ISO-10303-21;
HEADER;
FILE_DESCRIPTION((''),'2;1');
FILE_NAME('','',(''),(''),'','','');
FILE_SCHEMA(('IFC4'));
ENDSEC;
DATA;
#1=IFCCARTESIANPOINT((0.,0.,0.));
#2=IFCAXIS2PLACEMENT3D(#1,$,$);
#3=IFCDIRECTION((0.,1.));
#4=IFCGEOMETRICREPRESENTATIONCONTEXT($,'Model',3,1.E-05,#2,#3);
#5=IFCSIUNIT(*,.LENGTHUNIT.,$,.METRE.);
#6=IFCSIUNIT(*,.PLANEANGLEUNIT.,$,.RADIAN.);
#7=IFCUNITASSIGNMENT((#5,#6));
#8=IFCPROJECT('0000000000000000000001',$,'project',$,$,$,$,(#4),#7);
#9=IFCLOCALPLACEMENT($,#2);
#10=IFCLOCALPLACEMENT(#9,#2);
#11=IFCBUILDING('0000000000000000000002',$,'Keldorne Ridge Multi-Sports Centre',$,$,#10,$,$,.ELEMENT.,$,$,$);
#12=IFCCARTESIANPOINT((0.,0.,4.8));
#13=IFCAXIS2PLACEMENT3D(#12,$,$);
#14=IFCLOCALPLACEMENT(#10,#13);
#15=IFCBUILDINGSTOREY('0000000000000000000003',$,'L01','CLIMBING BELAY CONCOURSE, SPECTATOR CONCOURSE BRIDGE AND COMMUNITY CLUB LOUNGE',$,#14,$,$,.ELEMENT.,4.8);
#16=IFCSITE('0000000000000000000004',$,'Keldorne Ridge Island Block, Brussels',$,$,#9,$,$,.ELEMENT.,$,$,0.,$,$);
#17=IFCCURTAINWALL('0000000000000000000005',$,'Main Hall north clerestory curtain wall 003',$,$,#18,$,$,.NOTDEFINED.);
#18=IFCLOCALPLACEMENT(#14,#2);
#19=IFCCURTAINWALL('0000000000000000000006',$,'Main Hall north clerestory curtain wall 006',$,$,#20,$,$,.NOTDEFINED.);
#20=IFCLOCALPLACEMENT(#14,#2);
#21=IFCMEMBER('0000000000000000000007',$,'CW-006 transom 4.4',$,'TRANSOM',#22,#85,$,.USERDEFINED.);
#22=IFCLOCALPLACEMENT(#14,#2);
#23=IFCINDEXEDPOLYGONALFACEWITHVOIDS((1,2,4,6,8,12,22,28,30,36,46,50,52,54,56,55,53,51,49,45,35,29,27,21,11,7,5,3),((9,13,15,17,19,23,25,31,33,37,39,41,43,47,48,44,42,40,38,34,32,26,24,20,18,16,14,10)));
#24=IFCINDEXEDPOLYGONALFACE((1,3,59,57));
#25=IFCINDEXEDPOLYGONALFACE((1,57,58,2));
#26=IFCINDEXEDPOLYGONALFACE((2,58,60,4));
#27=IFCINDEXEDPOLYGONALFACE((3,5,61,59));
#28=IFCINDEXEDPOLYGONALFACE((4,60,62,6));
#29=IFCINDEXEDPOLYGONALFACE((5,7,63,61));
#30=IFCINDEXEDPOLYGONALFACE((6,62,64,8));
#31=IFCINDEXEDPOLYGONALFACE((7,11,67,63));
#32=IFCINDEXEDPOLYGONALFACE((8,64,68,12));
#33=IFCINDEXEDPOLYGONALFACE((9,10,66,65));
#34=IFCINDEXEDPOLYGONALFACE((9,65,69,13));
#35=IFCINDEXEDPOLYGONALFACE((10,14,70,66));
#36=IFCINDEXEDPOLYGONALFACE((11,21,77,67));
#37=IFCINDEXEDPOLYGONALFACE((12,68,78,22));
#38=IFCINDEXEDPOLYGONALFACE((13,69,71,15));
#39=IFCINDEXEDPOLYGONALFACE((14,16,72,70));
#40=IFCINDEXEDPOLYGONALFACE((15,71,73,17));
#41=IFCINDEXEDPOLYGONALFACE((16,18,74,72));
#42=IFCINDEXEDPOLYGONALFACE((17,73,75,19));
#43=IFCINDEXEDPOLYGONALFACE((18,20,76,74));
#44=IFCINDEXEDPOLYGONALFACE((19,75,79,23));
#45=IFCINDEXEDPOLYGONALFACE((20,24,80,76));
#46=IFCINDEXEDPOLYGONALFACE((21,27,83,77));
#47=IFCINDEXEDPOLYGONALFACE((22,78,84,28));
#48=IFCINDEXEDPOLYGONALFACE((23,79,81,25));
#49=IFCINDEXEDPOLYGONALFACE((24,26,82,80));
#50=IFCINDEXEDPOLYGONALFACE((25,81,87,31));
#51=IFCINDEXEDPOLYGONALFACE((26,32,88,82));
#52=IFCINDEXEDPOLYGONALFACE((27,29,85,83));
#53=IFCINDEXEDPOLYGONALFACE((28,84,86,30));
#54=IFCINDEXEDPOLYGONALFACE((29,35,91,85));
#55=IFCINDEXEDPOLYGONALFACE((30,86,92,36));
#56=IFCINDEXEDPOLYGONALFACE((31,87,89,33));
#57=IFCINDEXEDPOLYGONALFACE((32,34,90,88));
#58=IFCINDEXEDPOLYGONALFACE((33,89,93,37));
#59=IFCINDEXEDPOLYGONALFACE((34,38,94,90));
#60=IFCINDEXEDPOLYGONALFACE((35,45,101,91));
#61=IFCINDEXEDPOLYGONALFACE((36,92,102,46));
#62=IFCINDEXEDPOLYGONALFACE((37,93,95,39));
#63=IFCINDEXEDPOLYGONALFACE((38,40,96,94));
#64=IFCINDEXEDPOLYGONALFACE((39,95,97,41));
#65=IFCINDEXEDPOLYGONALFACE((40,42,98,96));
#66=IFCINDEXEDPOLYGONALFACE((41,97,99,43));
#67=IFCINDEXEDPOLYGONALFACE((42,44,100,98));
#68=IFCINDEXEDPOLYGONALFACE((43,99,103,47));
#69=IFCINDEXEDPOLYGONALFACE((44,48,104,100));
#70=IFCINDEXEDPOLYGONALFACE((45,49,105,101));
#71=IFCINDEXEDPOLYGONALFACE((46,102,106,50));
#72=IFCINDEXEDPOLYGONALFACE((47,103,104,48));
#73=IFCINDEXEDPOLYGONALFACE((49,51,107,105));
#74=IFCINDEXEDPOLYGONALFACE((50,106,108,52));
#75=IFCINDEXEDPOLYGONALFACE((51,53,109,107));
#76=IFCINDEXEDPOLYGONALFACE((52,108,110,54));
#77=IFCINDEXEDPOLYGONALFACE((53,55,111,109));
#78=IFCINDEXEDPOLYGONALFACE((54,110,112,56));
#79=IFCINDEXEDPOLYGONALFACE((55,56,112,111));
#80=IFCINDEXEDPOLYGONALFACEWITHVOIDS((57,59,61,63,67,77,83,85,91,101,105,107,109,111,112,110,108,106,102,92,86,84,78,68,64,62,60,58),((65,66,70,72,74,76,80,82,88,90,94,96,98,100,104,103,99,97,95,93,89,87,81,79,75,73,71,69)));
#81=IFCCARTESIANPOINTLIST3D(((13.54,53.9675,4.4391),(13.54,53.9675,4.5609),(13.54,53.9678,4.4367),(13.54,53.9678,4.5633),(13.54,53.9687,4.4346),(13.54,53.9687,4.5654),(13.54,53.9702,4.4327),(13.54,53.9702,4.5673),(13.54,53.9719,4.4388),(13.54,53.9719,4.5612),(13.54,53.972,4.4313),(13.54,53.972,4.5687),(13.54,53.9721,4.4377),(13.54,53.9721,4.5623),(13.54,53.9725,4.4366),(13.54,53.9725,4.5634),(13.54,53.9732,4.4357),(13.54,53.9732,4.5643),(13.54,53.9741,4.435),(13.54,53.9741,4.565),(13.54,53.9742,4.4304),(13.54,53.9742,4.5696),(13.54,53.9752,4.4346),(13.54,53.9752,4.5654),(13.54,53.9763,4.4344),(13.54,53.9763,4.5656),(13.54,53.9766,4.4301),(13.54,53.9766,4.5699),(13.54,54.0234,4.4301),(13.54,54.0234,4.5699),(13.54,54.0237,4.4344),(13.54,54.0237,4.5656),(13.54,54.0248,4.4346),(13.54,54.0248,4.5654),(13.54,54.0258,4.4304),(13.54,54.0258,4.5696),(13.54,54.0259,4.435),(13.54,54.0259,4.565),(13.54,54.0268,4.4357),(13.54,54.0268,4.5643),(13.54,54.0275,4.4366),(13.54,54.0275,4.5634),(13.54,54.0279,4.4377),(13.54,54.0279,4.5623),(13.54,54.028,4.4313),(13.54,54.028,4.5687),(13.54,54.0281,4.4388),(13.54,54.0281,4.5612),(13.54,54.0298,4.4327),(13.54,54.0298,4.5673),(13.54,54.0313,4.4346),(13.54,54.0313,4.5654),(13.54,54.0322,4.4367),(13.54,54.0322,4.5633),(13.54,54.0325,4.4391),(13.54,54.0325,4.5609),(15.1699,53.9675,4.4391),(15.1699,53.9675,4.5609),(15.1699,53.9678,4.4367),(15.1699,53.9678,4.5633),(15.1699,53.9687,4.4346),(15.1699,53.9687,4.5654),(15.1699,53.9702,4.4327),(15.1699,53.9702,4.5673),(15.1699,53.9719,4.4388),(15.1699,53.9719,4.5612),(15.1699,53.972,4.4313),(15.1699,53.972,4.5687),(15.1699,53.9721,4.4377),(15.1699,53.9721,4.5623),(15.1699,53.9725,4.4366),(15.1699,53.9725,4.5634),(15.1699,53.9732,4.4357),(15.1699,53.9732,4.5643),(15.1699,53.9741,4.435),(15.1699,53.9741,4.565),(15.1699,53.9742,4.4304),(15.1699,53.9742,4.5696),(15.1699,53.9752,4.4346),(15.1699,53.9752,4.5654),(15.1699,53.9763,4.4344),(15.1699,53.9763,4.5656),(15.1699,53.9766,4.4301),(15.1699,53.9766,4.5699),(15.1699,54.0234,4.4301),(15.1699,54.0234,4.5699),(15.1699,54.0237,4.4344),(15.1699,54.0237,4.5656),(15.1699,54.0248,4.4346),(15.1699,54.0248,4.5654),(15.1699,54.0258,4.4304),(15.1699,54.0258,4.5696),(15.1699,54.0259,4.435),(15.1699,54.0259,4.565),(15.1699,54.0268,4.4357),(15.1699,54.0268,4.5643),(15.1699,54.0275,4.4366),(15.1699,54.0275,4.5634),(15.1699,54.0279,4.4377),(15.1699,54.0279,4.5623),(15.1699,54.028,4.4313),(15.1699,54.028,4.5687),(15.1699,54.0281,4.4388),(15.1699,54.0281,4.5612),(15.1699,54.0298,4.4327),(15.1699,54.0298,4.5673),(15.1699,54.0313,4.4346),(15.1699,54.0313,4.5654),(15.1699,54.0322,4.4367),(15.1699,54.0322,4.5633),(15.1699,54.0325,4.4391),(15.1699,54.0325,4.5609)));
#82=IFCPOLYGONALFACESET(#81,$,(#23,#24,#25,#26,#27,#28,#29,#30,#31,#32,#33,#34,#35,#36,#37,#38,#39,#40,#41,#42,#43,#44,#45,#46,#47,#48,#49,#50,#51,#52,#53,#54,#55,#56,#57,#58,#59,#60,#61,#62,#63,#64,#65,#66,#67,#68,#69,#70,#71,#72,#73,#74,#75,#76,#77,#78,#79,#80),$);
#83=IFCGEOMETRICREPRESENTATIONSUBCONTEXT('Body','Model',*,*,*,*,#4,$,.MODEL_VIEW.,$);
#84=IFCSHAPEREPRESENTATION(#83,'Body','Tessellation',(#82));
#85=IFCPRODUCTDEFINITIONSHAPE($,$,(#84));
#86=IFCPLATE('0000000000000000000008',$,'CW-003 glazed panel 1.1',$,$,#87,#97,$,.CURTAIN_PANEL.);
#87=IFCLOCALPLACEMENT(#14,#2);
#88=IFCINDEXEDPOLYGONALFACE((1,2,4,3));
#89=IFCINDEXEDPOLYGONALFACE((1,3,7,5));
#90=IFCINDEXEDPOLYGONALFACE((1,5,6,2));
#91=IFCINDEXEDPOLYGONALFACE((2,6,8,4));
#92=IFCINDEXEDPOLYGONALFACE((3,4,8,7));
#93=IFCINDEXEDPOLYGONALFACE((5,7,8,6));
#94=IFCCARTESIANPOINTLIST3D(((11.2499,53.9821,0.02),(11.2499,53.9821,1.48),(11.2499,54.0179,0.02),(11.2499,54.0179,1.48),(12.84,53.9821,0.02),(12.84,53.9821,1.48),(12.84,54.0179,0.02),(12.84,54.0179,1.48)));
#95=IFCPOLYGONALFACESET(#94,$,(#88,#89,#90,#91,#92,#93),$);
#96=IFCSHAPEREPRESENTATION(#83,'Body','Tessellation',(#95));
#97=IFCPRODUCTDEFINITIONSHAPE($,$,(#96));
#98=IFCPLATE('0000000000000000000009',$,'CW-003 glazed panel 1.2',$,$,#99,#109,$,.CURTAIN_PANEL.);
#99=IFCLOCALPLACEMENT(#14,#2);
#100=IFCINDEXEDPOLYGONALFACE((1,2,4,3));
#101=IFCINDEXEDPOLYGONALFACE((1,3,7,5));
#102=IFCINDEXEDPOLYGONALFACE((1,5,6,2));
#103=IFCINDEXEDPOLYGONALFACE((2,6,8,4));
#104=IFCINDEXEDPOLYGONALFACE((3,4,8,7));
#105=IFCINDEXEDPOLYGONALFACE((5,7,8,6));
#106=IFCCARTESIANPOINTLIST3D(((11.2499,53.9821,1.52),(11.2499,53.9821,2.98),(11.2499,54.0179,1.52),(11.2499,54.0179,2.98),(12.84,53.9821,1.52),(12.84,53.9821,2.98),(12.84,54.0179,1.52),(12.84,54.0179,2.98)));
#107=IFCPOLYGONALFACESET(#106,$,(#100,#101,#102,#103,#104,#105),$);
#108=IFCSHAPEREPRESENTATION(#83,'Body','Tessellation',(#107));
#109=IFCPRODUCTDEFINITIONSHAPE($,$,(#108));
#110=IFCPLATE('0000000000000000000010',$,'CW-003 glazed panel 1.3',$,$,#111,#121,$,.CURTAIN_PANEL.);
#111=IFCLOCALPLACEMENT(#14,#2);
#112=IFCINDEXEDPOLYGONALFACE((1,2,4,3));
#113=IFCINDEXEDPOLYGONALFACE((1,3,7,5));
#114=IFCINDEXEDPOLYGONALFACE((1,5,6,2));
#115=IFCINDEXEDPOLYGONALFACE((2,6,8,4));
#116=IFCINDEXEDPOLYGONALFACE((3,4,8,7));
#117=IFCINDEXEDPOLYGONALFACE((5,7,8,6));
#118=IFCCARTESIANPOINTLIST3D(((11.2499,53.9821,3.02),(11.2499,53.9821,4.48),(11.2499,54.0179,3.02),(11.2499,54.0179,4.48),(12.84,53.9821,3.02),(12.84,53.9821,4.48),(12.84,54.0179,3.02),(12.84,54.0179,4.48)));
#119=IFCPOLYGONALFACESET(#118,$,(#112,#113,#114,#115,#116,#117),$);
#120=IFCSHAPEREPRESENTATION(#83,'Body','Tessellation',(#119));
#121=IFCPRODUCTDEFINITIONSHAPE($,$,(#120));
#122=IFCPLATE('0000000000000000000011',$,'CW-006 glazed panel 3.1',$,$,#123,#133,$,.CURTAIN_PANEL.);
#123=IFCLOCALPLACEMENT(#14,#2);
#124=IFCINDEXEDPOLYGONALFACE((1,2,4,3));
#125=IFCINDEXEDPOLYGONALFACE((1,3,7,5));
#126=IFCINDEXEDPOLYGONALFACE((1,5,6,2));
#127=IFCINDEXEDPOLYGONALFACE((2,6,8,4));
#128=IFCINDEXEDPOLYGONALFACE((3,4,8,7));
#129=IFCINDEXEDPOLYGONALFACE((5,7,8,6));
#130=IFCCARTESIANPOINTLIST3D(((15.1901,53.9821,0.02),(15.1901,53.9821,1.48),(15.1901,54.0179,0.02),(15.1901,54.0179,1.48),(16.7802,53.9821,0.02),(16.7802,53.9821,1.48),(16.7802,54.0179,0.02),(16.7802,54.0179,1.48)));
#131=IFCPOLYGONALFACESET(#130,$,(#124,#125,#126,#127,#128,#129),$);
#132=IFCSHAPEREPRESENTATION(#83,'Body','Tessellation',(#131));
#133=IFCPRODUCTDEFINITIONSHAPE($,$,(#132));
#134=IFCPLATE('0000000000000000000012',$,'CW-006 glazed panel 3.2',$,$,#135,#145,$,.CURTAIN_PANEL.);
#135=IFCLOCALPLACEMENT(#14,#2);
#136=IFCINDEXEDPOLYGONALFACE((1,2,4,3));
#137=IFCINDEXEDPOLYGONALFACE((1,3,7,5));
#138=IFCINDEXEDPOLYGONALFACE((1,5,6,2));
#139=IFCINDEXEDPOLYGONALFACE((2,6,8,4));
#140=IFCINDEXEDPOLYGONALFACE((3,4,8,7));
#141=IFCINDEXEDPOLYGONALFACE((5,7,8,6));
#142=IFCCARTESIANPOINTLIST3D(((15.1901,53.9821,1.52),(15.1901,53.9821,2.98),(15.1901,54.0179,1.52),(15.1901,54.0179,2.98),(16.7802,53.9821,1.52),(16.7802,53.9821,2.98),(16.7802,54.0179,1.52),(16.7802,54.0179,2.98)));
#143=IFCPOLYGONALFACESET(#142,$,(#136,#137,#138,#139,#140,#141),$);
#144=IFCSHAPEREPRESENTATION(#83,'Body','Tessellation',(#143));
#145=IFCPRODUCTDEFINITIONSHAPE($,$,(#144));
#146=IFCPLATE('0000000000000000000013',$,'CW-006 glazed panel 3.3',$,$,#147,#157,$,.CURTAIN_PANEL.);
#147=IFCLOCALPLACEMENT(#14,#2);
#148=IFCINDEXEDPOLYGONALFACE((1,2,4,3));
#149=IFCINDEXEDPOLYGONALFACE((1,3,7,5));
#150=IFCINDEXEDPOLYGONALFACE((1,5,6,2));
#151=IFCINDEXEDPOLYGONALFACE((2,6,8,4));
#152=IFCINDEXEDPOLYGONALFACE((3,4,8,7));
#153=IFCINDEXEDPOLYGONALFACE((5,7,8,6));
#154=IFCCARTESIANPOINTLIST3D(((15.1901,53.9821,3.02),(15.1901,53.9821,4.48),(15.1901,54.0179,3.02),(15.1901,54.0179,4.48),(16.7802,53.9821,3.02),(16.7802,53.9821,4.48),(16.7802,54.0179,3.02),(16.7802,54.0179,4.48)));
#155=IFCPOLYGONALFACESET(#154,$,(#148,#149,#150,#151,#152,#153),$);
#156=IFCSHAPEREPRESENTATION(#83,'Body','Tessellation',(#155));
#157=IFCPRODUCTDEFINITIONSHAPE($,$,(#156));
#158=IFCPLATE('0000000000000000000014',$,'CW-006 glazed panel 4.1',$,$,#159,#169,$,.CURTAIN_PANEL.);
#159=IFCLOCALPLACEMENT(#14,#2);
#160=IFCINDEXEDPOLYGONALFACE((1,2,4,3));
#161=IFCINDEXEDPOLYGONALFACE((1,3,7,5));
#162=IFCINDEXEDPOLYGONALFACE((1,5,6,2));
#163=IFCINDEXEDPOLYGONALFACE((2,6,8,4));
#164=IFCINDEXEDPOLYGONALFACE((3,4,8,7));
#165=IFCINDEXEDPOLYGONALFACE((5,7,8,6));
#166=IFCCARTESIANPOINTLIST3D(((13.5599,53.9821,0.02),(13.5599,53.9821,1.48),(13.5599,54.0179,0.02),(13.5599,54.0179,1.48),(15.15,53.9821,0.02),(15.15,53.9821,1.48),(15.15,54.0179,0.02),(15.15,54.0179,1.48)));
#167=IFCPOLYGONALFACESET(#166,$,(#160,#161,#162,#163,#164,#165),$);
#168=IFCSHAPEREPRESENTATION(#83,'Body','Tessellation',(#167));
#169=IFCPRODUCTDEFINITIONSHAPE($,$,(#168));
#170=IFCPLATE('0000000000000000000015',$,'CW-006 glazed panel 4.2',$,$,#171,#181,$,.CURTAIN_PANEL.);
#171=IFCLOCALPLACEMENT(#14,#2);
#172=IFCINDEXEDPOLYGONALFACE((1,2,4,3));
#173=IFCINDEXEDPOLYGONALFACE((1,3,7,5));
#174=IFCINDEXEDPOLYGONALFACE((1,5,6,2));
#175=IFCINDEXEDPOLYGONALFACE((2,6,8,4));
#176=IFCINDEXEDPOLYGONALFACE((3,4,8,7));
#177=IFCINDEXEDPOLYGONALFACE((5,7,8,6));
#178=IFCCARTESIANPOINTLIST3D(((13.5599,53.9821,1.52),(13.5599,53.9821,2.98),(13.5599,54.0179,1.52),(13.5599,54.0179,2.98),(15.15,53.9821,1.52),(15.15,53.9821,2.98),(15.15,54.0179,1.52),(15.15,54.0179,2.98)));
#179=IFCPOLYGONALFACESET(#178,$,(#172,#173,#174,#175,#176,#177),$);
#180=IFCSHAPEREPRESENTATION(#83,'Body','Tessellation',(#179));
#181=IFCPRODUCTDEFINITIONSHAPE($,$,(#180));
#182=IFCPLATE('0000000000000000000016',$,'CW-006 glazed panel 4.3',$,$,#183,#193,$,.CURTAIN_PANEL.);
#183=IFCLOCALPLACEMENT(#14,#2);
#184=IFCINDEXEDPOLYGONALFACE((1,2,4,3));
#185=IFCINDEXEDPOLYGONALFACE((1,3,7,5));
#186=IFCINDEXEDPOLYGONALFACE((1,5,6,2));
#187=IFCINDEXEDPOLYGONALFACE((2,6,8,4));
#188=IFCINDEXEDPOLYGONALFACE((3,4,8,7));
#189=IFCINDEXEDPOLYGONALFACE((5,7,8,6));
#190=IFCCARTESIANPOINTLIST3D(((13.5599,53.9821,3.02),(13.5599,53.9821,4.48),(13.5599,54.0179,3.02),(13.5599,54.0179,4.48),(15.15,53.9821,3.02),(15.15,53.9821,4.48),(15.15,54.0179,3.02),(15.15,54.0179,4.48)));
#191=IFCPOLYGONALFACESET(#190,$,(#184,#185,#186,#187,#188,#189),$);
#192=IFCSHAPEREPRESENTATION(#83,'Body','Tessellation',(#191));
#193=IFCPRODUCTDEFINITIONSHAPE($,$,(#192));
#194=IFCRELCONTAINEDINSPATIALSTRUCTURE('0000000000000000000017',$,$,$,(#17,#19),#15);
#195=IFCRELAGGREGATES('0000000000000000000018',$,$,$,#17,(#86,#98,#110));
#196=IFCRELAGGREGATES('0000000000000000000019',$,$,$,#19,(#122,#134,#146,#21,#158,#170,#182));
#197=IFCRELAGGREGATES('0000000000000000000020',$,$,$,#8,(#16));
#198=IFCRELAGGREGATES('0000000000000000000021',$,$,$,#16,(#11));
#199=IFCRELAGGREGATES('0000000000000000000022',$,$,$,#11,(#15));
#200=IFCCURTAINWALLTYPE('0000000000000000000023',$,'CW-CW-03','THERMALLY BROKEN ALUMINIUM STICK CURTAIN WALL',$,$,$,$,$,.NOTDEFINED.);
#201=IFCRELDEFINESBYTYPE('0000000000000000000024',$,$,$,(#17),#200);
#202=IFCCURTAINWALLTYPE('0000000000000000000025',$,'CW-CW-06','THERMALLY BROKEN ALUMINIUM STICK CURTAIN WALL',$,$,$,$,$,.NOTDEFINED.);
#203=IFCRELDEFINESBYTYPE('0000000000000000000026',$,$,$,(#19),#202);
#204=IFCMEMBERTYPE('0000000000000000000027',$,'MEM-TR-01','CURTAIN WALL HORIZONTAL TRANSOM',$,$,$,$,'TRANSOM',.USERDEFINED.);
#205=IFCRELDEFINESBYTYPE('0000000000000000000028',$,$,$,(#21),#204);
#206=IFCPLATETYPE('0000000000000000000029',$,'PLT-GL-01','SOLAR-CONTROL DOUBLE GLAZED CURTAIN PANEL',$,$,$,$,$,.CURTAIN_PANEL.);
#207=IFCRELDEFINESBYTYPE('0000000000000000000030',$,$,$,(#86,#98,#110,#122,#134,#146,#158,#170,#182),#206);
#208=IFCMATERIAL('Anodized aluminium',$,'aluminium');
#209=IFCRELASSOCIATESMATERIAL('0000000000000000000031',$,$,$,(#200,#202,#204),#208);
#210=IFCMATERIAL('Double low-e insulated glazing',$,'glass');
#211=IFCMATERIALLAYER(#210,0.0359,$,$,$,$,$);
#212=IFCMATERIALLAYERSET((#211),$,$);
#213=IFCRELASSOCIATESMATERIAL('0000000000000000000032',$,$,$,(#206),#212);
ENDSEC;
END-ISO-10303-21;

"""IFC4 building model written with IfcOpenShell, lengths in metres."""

from ifc_helpers import new_model, si_unit, direction, frame, origin, origin_2d, place, context, subcontext, project, spatial, rectangle, hollow_rectangle, extrude, material, layer, layer_set, material_profile, profile_set, type_object, element, aggregate, save


model = new_model("IFC4")

# Units and contexts
model_context = context("Model", 3, precision=1e-05, world=origin(), true_north=direction((0.0, 1.0)))
body_context = subcontext(model_context, "Body", "Model", "MODEL_VIEW")
ifc_project = project(units=[si_unit("LENGTHUNIT", "METRE"), si_unit("PLANEANGLEUNIT", "RADIAN")], contexts=[model_context])

# Site, building, storey
site_placement = place(None, origin())
site = spatial("IfcSite", under=ifc_project, at=site_placement, Name="Keldorne Ridge Island Block, Brussels", CompositionType="ELEMENT", RefElevation=0.0)
building_placement = place(site_placement, origin())
building = spatial("IfcBuilding", under=site, at=building_placement, Name="Keldorne Ridge Multi-Sports Centre", CompositionType="ELEMENT")
storey_placement = place(building_placement, frame((0.0, 0.0, 4.8)))
storey = spatial("IfcBuildingStorey", under=building, at=storey_placement, Name="L01", Description="CLIMBING BELAY CONCOURSE, SPECTATOR CONCOURSE BRIDGE AND COMMUNITY CLUB LOUNGE", CompositionType="ELEMENT", Elevation=4.8)

# Curtain wall
ifc_material_1 = material(Name="Anodized aluminium", Category="aluminium")
curtain_wall_type_1 = type_object("IfcCurtainWallType", Name="CW-CW-03", Description="THERMALLY BROKEN ALUMINIUM STICK CURTAIN WALL", PredefinedType="NOTDEFINED", material=ifc_material_1)
curtain_wall_1_placement = place(storey_placement, origin())
curtain_wall_1 = element("IfcCurtainWall", 1, at=curtain_wall_1_placement, inside=storey, type_object=curtain_wall_type_1, Name="Main Hall north clerestory curtain wall 003", PredefinedType="NOTDEFINED")

# Curtain wall
curtain_wall_type_2 = type_object("IfcCurtainWallType", Name="CW-CW-06", Description="THERMALLY BROKEN ALUMINIUM STICK CURTAIN WALL", PredefinedType="NOTDEFINED", material=ifc_material_1)
curtain_wall_2_placement = place(storey_placement, origin())
curtain_wall_2 = element("IfcCurtainWall", 2, at=curtain_wall_2_placement, inside=storey, type_object=curtain_wall_type_2, Name="Main Hall north clerestory curtain wall 006", PredefinedType="NOTDEFINED")

# Member
ifc_material_profile_1 = material_profile(ifc_material_1, hollow_rectangle(XDim=0.0649, YDim=0.1399, WallThickness=0.0044, InnerFilletRadius=0.0044, OuterFilletRadius=0.009, at=origin_2d()), Name="ALU TRANSOM 140x65x4.5")
ifc_profile_set_1 = profile_set([ifc_material_profile_1], Name="Anodized aluminium")
member_type_1 = type_object("IfcMemberType", Name="MEM-TR-01", Description="CURTAIN WALL HORIZONTAL TRANSOM", ElementType="TRANSOM", PredefinedType="USERDEFINED", material=ifc_profile_set_1)
member_1_placement = place(storey_placement, frame((15.1699, 54.0, 4.5), z_axis=(-1.0, 0.0, 0.0), x_axis=(0.0, -1.0, 0.0)))
member_1 = element("IfcMember", 3, at=member_1_placement, type_object=member_type_1, Name="CW-006 transom 4.4", ObjectType="TRANSOM", PredefinedType="USERDEFINED", context=body_context, shape_type="SweptSolid", body=[
    extrude(hollow_rectangle(XDim=0.0649, YDim=0.1399, WallThickness=0.0044, InnerFilletRadius=0.0044, OuterFilletRadius=0.009, at=origin_2d()), origin(), (0.0, 0.0, 1.0), 1.6299),
])

# Plates
ifc_material_2 = material(Name="Double low-e insulated glazing", Category="glass")
ifc_layer = layer(ifc_material_2, 0.0359)
ifc_layer_set = layer_set([ifc_layer])
plate_type = type_object("IfcPlateType", Name="PLT-GL-01", Description="SOLAR-CONTROL DOUBLE GLAZED CURTAIN PANEL", PredefinedType="CURTAIN_PANEL", material=ifc_layer_set)
plate_1_placement = place(storey_placement, frame((12.0449, 54.0, 0.02), z_axis=(0.0, 0.0, 1.0), x_axis=(-1.0, 0.0, 0.0)))
plate_1 = element("IfcPlate", 4, at=plate_1_placement, type_object=plate_type, Name="CW-003 glazed panel 1.1", PredefinedType="CURTAIN_PANEL", context=body_context, shape_type="SweptSolid", body=[
    extrude(rectangle(XDim=1.5901, YDim=0.0359, at=origin_2d()), origin(), (0.0, 0.0, 1.0), 1.46),
])
plate_2_placement = place(storey_placement, frame((12.0449, 54.0, 1.52), z_axis=(0.0, 0.0, 1.0), x_axis=(-1.0, 0.0, 0.0)))
plate_2 = element("IfcPlate", 5, at=plate_2_placement, type_object=plate_type, Name="CW-003 glazed panel 1.2", PredefinedType="CURTAIN_PANEL", context=body_context, shape_type="SweptSolid", body=[
    extrude(rectangle(XDim=1.5901, YDim=0.0359, at=origin_2d()), origin(), (0.0, 0.0, 1.0), 1.46),
])
plate_3_placement = place(storey_placement, frame((12.0449, 54.0, 3.02), z_axis=(0.0, 0.0, 1.0), x_axis=(-1.0, 0.0, 0.0)))
plate_3 = element("IfcPlate", 6, at=plate_3_placement, type_object=plate_type, Name="CW-003 glazed panel 1.3", PredefinedType="CURTAIN_PANEL", context=body_context, shape_type="SweptSolid", body=[
    extrude(rectangle(XDim=1.5901, YDim=0.0359, at=origin_2d()), origin(), (0.0, 0.0, 1.0), 1.46),
])
aggregate(curtain_wall_1, [plate_1, plate_2, plate_3])
plate_4_placement = place(storey_placement, frame((15.9851, 54.0, 0.02), z_axis=(0.0, 0.0, 1.0), x_axis=(-1.0, 0.0, 0.0)))
plate_4 = element("IfcPlate", 7, at=plate_4_placement, type_object=plate_type, Name="CW-006 glazed panel 3.1", PredefinedType="CURTAIN_PANEL", context=body_context, shape_type="SweptSolid", body=[
    extrude(rectangle(XDim=1.5901, YDim=0.0359, at=origin_2d()), origin(), (0.0, 0.0, 1.0), 1.46),
])
plate_5_placement = place(storey_placement, frame((15.9851, 54.0, 1.52), z_axis=(0.0, 0.0, 1.0), x_axis=(-1.0, 0.0, 0.0)))
plate_5 = element("IfcPlate", 8, at=plate_5_placement, type_object=plate_type, Name="CW-006 glazed panel 3.2", PredefinedType="CURTAIN_PANEL", context=body_context, shape_type="SweptSolid", body=[
    extrude(rectangle(XDim=1.5901, YDim=0.0359, at=origin_2d()), origin(), (0.0, 0.0, 1.0), 1.46),
])
plate_6_placement = place(storey_placement, frame((15.9851, 54.0, 3.02), z_axis=(0.0, 0.0, 1.0), x_axis=(-1.0, 0.0, 0.0)))
plate_6 = element("IfcPlate", 9, at=plate_6_placement, type_object=plate_type, Name="CW-006 glazed panel 3.3", PredefinedType="CURTAIN_PANEL", context=body_context, shape_type="SweptSolid", body=[
    extrude(rectangle(XDim=1.5901, YDim=0.0359, at=origin_2d()), origin(), (0.0, 0.0, 1.0), 1.46),
])
plate_7_placement = place(storey_placement, frame((14.355, 54.0, 0.02), z_axis=(0.0, 0.0, 1.0), x_axis=(-1.0, 0.0, 0.0)))
plate_7 = element("IfcPlate", 10, at=plate_7_placement, type_object=plate_type, Name="CW-006 glazed panel 4.1", PredefinedType="CURTAIN_PANEL", context=body_context, shape_type="SweptSolid", body=[
    extrude(rectangle(XDim=1.5901, YDim=0.0359, at=origin_2d()), origin(), (0.0, 0.0, 1.0), 1.46),
])
plate_8_placement = place(storey_placement, frame((14.355, 54.0, 1.52), z_axis=(0.0, 0.0, 1.0), x_axis=(-1.0, 0.0, 0.0)))
plate_8 = element("IfcPlate", 11, at=plate_8_placement, type_object=plate_type, Name="CW-006 glazed panel 4.2", PredefinedType="CURTAIN_PANEL", context=body_context, shape_type="SweptSolid", body=[
    extrude(rectangle(XDim=1.5901, YDim=0.0359, at=origin_2d()), origin(), (0.0, 0.0, 1.0), 1.46),
])
plate_9_placement = place(storey_placement, frame((14.355, 54.0, 3.02), z_axis=(0.0, 0.0, 1.0), x_axis=(-1.0, 0.0, 0.0)))
plate_9 = element("IfcPlate", 12, at=plate_9_placement, type_object=plate_type, Name="CW-006 glazed panel 4.3", PredefinedType="CURTAIN_PANEL", context=body_context, shape_type="SweptSolid", body=[
    extrude(rectangle(XDim=1.5901, YDim=0.0359, at=origin_2d()), origin(), (0.0, 0.0, 1.0), 1.46),
])
aggregate(curtain_wall_2, [plate_4, plate_5, plate_6, member_1, plate_7, plate_8, plate_9])

save(model, "model.ifc")
